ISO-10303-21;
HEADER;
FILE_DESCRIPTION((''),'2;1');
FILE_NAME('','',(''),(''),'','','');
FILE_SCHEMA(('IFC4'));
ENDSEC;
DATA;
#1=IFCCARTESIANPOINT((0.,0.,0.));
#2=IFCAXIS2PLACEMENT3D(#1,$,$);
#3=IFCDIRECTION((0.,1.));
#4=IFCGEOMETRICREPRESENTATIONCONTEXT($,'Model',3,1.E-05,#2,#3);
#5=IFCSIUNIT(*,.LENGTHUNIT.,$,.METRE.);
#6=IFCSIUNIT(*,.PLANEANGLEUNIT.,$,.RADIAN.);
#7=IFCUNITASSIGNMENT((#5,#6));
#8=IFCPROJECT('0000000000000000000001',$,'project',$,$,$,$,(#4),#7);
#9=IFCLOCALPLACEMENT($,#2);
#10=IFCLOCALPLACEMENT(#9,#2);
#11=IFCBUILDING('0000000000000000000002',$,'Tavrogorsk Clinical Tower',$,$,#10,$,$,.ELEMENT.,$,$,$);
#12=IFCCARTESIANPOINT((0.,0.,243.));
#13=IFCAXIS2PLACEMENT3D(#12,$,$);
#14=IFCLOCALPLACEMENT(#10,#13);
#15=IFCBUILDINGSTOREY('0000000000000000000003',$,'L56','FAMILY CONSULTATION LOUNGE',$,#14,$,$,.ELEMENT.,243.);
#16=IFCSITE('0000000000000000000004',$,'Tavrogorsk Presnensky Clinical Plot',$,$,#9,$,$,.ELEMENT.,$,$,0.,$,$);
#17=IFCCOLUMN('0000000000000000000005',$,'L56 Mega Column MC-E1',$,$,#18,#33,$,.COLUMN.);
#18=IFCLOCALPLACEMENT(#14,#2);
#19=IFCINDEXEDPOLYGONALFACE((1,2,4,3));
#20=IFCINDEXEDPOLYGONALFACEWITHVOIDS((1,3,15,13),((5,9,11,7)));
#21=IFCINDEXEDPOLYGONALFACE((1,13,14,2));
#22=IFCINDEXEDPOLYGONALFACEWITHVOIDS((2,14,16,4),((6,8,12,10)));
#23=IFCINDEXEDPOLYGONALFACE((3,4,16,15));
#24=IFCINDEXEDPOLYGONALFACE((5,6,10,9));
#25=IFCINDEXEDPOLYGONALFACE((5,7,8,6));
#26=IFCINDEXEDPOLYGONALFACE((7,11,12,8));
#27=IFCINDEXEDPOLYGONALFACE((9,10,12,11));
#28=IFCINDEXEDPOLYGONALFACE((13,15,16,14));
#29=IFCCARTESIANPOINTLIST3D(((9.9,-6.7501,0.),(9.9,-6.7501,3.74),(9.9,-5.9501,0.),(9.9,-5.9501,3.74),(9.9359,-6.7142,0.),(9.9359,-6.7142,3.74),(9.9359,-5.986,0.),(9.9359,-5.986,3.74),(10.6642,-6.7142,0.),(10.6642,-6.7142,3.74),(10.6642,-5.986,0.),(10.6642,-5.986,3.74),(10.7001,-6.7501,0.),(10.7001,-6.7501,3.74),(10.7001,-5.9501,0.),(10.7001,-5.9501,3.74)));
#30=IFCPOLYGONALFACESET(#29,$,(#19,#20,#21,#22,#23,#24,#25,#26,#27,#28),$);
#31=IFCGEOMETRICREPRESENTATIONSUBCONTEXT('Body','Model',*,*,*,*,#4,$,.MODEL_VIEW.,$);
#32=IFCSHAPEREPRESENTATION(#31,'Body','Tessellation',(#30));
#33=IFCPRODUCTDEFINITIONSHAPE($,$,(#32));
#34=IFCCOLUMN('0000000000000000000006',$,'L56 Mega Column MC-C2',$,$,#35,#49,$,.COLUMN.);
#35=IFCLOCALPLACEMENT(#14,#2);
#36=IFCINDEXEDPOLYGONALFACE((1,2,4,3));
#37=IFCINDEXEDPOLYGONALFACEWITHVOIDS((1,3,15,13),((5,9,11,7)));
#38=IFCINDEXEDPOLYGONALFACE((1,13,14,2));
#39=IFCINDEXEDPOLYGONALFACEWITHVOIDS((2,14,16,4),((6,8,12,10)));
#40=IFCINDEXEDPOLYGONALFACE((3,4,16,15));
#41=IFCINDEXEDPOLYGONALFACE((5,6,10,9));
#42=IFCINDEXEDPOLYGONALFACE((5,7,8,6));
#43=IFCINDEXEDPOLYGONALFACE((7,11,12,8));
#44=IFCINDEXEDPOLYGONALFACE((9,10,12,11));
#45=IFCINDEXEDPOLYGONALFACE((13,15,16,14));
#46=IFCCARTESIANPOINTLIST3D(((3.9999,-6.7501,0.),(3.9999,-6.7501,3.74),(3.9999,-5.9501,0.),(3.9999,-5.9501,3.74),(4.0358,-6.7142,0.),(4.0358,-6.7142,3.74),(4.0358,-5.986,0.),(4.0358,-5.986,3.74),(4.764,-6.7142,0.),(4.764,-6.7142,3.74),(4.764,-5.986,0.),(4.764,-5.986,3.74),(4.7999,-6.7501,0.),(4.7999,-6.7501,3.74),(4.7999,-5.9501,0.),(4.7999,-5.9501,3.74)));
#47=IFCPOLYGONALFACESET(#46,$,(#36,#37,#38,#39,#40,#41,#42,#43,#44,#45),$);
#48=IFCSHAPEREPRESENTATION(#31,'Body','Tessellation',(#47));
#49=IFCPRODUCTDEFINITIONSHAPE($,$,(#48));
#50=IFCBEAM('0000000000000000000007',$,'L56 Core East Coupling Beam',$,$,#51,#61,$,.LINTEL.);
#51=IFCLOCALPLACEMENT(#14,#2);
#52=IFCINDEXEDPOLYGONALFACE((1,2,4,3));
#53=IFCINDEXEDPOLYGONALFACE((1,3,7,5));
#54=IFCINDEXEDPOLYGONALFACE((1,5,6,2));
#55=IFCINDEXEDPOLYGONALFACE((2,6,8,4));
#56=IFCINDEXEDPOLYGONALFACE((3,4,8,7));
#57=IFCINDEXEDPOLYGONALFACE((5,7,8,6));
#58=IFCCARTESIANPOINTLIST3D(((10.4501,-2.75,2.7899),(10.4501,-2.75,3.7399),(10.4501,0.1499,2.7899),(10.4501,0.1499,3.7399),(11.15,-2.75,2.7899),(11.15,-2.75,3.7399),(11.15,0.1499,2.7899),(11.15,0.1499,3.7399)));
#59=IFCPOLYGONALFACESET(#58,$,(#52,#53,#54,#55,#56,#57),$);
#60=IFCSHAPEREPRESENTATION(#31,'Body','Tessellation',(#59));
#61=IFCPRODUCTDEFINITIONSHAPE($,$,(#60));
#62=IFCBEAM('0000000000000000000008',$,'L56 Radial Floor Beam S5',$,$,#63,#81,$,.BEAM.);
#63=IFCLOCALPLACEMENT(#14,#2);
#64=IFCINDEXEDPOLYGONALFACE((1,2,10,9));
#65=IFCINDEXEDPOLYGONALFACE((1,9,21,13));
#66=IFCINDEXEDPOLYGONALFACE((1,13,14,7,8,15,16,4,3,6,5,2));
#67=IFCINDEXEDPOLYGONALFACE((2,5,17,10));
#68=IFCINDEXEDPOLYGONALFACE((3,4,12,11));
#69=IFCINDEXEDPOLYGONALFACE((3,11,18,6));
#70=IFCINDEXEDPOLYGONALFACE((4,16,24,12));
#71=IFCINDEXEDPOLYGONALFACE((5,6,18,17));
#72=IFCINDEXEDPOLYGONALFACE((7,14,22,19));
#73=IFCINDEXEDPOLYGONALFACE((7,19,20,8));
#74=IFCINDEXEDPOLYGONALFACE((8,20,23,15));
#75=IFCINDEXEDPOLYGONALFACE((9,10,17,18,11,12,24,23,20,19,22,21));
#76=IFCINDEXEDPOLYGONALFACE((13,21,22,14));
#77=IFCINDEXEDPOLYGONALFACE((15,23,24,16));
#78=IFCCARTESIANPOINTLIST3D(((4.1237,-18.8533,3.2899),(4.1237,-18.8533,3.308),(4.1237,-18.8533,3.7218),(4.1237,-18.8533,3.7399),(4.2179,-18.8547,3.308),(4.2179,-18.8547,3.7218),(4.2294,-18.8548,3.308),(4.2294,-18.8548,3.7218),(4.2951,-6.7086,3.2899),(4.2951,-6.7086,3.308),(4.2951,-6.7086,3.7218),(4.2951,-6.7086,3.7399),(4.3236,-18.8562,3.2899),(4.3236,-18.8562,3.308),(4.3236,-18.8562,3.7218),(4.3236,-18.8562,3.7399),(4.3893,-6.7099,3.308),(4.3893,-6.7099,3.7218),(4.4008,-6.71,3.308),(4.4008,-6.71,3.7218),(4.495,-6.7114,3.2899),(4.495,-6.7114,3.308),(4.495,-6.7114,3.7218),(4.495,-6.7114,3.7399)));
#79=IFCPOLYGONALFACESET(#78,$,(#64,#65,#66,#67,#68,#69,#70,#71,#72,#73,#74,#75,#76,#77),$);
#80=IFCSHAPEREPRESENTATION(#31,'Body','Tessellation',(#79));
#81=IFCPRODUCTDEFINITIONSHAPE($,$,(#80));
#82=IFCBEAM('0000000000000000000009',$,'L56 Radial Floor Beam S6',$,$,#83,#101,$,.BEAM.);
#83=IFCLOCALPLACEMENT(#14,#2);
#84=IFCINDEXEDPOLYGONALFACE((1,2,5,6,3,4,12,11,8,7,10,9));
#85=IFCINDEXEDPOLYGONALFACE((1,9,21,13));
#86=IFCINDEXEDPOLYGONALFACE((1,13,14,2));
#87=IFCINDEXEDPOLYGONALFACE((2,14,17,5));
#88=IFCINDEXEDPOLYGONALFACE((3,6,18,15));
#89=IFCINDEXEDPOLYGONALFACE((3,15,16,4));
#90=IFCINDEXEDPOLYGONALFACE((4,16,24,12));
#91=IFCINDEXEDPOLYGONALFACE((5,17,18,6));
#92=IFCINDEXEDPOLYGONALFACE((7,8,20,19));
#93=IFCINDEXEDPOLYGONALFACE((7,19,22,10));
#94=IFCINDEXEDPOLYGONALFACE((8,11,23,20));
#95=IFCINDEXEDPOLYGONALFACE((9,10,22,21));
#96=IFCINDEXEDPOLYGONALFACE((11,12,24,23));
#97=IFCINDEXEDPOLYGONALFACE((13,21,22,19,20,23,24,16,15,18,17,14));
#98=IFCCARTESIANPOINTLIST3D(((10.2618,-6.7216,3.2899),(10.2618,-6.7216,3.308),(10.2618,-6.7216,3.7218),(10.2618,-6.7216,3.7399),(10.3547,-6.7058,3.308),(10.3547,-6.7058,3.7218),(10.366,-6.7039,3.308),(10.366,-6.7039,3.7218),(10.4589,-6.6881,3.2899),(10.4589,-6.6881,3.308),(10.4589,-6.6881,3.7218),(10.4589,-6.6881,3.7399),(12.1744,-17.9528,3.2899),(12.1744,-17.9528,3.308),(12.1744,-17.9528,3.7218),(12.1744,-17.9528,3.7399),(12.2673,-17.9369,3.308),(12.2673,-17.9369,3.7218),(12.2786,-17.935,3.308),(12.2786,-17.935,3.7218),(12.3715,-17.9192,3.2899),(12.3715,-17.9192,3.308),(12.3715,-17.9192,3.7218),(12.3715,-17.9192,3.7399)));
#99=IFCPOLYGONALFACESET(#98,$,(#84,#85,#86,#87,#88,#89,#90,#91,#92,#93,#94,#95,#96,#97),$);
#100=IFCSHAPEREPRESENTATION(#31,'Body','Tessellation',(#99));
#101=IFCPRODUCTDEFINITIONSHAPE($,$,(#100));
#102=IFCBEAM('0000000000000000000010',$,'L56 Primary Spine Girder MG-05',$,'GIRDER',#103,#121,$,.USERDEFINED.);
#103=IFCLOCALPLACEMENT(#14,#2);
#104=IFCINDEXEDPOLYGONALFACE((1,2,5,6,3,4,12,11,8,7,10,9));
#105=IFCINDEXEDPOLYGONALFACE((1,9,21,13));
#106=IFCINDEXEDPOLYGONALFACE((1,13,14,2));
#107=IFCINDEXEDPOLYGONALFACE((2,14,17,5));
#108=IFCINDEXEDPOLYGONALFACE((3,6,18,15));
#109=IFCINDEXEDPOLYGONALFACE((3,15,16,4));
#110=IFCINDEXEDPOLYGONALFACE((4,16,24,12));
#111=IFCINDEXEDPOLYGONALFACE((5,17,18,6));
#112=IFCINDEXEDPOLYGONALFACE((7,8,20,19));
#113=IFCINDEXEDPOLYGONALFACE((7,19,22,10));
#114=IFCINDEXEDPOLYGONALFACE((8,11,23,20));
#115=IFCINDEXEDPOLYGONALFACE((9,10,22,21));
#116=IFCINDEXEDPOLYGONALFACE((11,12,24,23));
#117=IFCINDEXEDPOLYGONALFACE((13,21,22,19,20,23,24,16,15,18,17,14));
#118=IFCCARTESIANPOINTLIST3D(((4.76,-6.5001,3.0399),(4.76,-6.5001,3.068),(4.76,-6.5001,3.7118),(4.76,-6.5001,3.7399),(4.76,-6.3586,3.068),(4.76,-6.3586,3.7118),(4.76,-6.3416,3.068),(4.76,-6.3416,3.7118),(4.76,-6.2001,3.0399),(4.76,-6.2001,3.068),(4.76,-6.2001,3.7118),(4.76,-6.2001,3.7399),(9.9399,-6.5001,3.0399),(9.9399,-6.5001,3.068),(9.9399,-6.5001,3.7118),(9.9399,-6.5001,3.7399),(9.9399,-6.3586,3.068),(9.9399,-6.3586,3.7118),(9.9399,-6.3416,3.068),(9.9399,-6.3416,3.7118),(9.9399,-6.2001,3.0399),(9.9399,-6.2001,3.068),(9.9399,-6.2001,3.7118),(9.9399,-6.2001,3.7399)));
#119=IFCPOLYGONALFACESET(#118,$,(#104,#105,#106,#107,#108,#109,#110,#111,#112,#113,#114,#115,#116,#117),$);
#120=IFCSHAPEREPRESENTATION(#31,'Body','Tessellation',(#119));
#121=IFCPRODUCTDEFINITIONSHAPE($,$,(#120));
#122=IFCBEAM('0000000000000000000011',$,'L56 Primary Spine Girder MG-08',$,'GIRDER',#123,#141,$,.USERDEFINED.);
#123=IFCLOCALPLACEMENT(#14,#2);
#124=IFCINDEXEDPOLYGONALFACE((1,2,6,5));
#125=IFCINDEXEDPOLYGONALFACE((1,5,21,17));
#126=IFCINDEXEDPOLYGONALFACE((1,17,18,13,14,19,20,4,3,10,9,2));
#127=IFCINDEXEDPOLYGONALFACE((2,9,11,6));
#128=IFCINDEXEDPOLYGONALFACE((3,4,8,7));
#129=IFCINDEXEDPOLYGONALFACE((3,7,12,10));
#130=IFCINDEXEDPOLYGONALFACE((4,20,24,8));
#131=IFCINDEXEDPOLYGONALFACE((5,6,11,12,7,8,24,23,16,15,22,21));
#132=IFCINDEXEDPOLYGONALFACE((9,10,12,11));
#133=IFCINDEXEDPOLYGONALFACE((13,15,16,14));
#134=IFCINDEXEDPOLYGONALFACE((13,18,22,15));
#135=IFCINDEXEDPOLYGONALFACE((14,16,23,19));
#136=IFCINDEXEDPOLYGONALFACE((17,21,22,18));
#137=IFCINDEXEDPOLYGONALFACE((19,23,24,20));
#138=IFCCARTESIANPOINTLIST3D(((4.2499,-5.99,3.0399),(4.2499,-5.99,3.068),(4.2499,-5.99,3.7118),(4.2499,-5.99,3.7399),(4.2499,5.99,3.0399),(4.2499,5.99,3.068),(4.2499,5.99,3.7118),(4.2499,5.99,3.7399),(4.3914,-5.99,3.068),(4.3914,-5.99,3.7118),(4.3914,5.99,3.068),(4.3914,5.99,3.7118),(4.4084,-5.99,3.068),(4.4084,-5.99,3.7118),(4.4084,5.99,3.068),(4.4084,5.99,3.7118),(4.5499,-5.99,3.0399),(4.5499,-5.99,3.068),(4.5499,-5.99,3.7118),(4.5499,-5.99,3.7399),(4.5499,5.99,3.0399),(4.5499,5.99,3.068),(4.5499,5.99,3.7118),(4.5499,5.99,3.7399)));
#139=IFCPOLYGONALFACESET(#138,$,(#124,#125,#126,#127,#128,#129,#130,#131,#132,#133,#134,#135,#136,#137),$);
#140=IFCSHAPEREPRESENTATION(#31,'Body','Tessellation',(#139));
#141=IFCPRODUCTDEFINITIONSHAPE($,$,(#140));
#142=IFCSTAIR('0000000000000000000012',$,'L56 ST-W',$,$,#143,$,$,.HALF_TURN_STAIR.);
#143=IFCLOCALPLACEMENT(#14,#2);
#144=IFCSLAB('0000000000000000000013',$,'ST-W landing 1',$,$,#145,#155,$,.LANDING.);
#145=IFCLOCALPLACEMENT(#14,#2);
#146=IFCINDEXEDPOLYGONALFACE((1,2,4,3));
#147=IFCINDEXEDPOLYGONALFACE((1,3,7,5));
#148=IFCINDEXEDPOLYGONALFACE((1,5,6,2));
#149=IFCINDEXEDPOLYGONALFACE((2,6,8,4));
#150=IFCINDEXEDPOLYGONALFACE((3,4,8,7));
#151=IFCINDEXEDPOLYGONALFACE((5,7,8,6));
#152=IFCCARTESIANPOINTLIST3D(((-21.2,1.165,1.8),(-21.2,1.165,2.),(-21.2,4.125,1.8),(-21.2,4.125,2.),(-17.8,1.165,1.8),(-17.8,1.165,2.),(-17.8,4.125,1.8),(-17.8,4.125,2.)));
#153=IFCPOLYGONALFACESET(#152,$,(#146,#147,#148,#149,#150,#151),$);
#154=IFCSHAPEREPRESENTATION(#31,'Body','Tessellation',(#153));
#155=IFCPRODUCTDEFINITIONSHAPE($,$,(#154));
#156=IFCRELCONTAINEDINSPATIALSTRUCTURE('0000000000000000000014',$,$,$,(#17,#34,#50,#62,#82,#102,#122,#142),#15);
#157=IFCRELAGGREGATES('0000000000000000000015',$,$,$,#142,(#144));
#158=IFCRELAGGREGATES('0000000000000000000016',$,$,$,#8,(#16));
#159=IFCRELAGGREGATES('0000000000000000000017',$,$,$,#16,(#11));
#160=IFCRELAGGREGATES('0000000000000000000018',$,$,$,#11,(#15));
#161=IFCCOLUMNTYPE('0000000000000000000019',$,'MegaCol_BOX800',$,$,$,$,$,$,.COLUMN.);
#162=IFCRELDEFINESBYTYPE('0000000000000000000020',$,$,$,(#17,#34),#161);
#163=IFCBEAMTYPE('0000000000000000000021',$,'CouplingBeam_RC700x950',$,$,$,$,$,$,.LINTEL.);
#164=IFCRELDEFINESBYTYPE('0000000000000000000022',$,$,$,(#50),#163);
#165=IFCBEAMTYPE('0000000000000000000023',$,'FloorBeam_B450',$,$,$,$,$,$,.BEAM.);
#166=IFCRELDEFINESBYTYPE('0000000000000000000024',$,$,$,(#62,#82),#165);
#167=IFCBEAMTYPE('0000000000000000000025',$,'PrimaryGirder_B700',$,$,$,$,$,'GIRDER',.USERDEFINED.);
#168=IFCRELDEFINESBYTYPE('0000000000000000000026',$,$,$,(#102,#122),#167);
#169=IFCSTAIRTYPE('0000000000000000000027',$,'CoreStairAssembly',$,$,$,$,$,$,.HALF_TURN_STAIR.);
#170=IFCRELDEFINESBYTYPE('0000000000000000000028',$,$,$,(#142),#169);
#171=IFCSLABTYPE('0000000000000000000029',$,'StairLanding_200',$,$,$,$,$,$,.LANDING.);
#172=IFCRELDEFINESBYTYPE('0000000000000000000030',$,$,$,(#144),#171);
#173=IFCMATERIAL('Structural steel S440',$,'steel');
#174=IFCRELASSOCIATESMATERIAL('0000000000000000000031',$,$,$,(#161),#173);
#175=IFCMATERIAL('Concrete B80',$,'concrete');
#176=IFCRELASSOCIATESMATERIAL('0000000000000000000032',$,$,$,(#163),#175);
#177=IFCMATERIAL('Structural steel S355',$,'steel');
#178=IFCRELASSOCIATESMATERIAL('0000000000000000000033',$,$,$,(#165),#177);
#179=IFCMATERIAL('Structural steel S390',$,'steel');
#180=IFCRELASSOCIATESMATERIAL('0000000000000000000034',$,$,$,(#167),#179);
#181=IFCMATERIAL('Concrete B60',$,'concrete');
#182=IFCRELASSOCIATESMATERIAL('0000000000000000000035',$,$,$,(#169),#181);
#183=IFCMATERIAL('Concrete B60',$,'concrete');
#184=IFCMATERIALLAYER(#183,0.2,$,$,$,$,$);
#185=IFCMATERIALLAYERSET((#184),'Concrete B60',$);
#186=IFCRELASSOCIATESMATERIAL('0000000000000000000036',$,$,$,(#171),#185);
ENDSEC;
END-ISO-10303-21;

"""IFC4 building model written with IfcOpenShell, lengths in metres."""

from ifc_helpers import new_model, si_unit, direction, frame, origin, origin_2d, place, context, subcontext, project, spatial, polyline, rectangle, hollow_rectangle, i_section, outline, extrude, material, layer, layer_set, material_profile, profile_set, type_object, element, aggregate, save


model = new_model("IFC4")

# Units and contexts
model_context = context("Model", 3, precision=1e-05, world=origin(), true_north=direction((0.0, 1.0)))
body_context = subcontext(model_context, "Body", "Model", "MODEL_VIEW")
ifc_project = project(units=[si_unit("LENGTHUNIT", "METRE"), si_unit("PLANEANGLEUNIT", "RADIAN")], contexts=[model_context])

# Site, building, storey
site_placement = place(None, origin())
site = spatial("IfcSite", under=ifc_project, at=site_placement, Name="Tavrogorsk Presnensky Clinical Plot", CompositionType="ELEMENT", RefElevation=0.0)
building_placement = place(site_placement, origin())
building = spatial("IfcBuilding", under=site, at=building_placement, Name="Tavrogorsk Clinical Tower", CompositionType="ELEMENT")
storey_placement = place(building_placement, frame((0.0, 0.0, 243.0)))
storey = spatial("IfcBuildingStorey", under=building, at=storey_placement, Name="L56", Description="FAMILY CONSULTATION LOUNGE", CompositionType="ELEMENT", Elevation=243.0)

# Columns
ifc_material_1 = material(Name="Structural steel S440", Category="steel")
ifc_material_profile_1 = material_profile(ifc_material_1, hollow_rectangle(XDim=0.8, YDim=0.8, WallThickness=0.0359, at=origin_2d()), Name="BOX-800x800x36")
ifc_profile_set_1 = profile_set([ifc_material_profile_1], Name="Structural steel S440")
column_type = type_object("IfcColumnType", Name="MegaCol_BOX800", PredefinedType="COLUMN", material=ifc_profile_set_1)
for number, where, z_axis, x_axis, name in (
    (1, (10.3, -6.3501, 0.0), (0.0, 0.0, 1.0), (1.0, 0.0, 0.0), "L56 Mega Column MC-E1"),
    (2, (4.3999, -6.3501, 0.0), (0.0, 0.0, 1.0), (1.0, 0.0, 0.0), "L56 Mega Column MC-C2"),
):
    element("IfcColumn", number, at=place(storey_placement, frame(where, z_axis=z_axis, x_axis=x_axis)), inside=storey, type_object=column_type, Name=name, PredefinedType="COLUMN", context=body_context, shape_type="SweptSolid", body=[
        extrude(hollow_rectangle(XDim=0.8, YDim=0.8, WallThickness=0.0359, at=origin_2d()), origin(), (0.0, 0.0, 1.0), 3.74),
    ])

# Beams
ifc_material_2 = material(Name="Concrete B80", Category="concrete")
ifc_material_profile_2 = material_profile(ifc_material_2, rectangle(XDim=0.7, YDim=0.95, at=origin_2d()), Name="RC-CB-700x950")
ifc_profile_set_2 = profile_set([ifc_material_profile_2], Name="Concrete B80")
beam_type_1 = type_object("IfcBeamType", Name="CouplingBeam_RC700x950", PredefinedType="LINTEL", material=ifc_profile_set_2)
beam_1_placement = place(storey_placement, frame((10.8, -2.75, 3.2649), z_axis=(0.0, 1.0, 0.0), x_axis=(-1.0, 0.0, 0.0)))
element("IfcBeam", 3, at=beam_1_placement, inside=storey, type_object=beam_type_1, Name="L56 Core East Coupling Beam", PredefinedType="LINTEL", context=body_context, shape_type="SweptSolid", body=[
    extrude(rectangle(XDim=0.7, YDim=0.95, at=origin_2d()), origin(), (0.0, 0.0, 1.0), 2.8999),
])
ifc_material_3 = material(Name="Structural steel S355", Category="steel")
ifc_material_profile_3 = material_profile(ifc_material_3, i_section(OverallWidth=0.2, OverallDepth=0.45, WebThickness=0.0115, FlangeThickness=0.0181, at=origin_2d()), Name="B-450x200x11.5x18")
ifc_profile_set_3 = profile_set([ifc_material_profile_3], Name="Structural steel S355")
beam_type_2 = type_object("IfcBeamType", Name="FloorBeam_B450", PredefinedType="BEAM", material=ifc_profile_set_3)
beam_2_placement = place(storey_placement, frame((4.395, -6.71, 3.5149), z_axis=(-0.014111, -0.9999, 0.0), x_axis=(0.9999, -0.014111, 0.0)))
element("IfcBeam", 4, at=beam_2_placement, inside=storey, type_object=beam_type_2, Name="L56 Radial Floor Beam S5", PredefinedType="BEAM", context=body_context, shape_type="SweptSolid", body=[
    extrude(i_section(OverallWidth=0.2, OverallDepth=0.45, WebThickness=0.0115, FlangeThickness=0.0181, at=origin_2d()), origin(), (0.0, 0.0, 1.0), 12.146),
])
beam_3_placement = place(storey_placement, frame((10.3604, -6.7048, 3.5149), z_axis=(0.167876, -0.985808, 0.0), x_axis=(0.985808, 0.167876, 0.0)))
element("IfcBeam", 5, at=beam_3_placement, inside=storey, type_object=beam_type_2, Name="L56 Radial Floor Beam S6", PredefinedType="BEAM", context=body_context, shape_type="SweptSolid", body=[
    extrude(i_section(OverallWidth=0.2, OverallDepth=0.45, WebThickness=0.0115, FlangeThickness=0.0181, at=origin_2d()), origin(), (0.0, 0.0, 1.0), 11.3928),
])
ifc_material_4 = material(Name="Structural steel S390", Category="steel")
ifc_material_profile_4 = material_profile(ifc_material_4, i_section(OverallWidth=0.3, OverallDepth=0.7, WebThickness=0.0171, FlangeThickness=0.0281, at=origin_2d()), Name="B-700x300x17x28")
ifc_profile_set_4 = profile_set([ifc_material_profile_4], Name="Structural steel S390")
beam_type_3 = type_object("IfcBeamType", Name="PrimaryGirder_B700", ElementType="GIRDER", PredefinedType="USERDEFINED", material=ifc_profile_set_4)
beam_4_placement = place(storey_placement, frame((4.76, -6.3501, 3.3899), z_axis=(1.0, 0.0, 0.0), x_axis=(0.0, 1.0, 0.0)))
element("IfcBeam", 6, at=beam_4_placement, inside=storey, type_object=beam_type_3, Name="L56 Primary Spine Girder MG-05", ObjectType="GIRDER", PredefinedType="USERDEFINED", context=body_context, shape_type="SweptSolid", body=[
    extrude(i_section(OverallWidth=0.3, OverallDepth=0.7, WebThickness=0.0171, FlangeThickness=0.0281, at=origin_2d()), origin(), (0.0, 0.0, 1.0), 5.1799),
])
beam_5_placement = place(storey_placement, frame((4.3999, -5.99, 3.3899), z_axis=(0.0, 1.0, 0.0), x_axis=(-1.0, 0.0, 0.0)))
element("IfcBeam", 7, at=beam_5_placement, inside=storey, type_object=beam_type_3, Name="L56 Primary Spine Girder MG-08", ObjectType="GIRDER", PredefinedType="USERDEFINED", context=body_context, shape_type="SweptSolid", body=[
    extrude(i_section(OverallWidth=0.3, OverallDepth=0.7, WebThickness=0.0171, FlangeThickness=0.0281, at=origin_2d()), origin(), (0.0, 0.0, 1.0), 11.98),
])

# Stair, slab
ifc_material_5 = material(Name="Concrete B60", Category="concrete")
stair_type = type_object("IfcStairType", Name="CoreStairAssembly", PredefinedType="HALF_TURN_STAIR", material=ifc_material_5)
stair_placement = place(storey_placement, origin())
stair = element("IfcStair", 8, at=stair_placement, inside=storey, type_object=stair_type, Name="L56 ST-W", PredefinedType="HALF_TURN_STAIR")
ifc_material_6 = material(Name="Concrete B60", Category="concrete")
ifc_layer_1 = layer(ifc_material_6, 0.2)
ifc_layer_set_1 = layer_set([ifc_layer_1], Name="Concrete B60")
slab_type_1 = type_object("IfcSlabType", Name="StairLanding_200", PredefinedType="LANDING", material=ifc_layer_set_1)
slab_1_placement = place(storey_placement, frame((0.0, 0.0, 1.8)))
slab_1 = element("IfcSlab", 9, at=slab_1_placement, type_object=slab_type_1, Name="ST-W landing 1", PredefinedType="LANDING", context=body_context, shape_type="SweptSolid", body=[
    extrude(outline(polyline([(-17.8, 1.165), (-17.8, 4.125), (-21.2, 4.125), (-21.2, 1.165), (-17.8, 1.165)])), origin(), (0.0, 0.0, 1.0), 0.2),
])
aggregate(stair, [slab_1])

save(model, "model.ifc")
